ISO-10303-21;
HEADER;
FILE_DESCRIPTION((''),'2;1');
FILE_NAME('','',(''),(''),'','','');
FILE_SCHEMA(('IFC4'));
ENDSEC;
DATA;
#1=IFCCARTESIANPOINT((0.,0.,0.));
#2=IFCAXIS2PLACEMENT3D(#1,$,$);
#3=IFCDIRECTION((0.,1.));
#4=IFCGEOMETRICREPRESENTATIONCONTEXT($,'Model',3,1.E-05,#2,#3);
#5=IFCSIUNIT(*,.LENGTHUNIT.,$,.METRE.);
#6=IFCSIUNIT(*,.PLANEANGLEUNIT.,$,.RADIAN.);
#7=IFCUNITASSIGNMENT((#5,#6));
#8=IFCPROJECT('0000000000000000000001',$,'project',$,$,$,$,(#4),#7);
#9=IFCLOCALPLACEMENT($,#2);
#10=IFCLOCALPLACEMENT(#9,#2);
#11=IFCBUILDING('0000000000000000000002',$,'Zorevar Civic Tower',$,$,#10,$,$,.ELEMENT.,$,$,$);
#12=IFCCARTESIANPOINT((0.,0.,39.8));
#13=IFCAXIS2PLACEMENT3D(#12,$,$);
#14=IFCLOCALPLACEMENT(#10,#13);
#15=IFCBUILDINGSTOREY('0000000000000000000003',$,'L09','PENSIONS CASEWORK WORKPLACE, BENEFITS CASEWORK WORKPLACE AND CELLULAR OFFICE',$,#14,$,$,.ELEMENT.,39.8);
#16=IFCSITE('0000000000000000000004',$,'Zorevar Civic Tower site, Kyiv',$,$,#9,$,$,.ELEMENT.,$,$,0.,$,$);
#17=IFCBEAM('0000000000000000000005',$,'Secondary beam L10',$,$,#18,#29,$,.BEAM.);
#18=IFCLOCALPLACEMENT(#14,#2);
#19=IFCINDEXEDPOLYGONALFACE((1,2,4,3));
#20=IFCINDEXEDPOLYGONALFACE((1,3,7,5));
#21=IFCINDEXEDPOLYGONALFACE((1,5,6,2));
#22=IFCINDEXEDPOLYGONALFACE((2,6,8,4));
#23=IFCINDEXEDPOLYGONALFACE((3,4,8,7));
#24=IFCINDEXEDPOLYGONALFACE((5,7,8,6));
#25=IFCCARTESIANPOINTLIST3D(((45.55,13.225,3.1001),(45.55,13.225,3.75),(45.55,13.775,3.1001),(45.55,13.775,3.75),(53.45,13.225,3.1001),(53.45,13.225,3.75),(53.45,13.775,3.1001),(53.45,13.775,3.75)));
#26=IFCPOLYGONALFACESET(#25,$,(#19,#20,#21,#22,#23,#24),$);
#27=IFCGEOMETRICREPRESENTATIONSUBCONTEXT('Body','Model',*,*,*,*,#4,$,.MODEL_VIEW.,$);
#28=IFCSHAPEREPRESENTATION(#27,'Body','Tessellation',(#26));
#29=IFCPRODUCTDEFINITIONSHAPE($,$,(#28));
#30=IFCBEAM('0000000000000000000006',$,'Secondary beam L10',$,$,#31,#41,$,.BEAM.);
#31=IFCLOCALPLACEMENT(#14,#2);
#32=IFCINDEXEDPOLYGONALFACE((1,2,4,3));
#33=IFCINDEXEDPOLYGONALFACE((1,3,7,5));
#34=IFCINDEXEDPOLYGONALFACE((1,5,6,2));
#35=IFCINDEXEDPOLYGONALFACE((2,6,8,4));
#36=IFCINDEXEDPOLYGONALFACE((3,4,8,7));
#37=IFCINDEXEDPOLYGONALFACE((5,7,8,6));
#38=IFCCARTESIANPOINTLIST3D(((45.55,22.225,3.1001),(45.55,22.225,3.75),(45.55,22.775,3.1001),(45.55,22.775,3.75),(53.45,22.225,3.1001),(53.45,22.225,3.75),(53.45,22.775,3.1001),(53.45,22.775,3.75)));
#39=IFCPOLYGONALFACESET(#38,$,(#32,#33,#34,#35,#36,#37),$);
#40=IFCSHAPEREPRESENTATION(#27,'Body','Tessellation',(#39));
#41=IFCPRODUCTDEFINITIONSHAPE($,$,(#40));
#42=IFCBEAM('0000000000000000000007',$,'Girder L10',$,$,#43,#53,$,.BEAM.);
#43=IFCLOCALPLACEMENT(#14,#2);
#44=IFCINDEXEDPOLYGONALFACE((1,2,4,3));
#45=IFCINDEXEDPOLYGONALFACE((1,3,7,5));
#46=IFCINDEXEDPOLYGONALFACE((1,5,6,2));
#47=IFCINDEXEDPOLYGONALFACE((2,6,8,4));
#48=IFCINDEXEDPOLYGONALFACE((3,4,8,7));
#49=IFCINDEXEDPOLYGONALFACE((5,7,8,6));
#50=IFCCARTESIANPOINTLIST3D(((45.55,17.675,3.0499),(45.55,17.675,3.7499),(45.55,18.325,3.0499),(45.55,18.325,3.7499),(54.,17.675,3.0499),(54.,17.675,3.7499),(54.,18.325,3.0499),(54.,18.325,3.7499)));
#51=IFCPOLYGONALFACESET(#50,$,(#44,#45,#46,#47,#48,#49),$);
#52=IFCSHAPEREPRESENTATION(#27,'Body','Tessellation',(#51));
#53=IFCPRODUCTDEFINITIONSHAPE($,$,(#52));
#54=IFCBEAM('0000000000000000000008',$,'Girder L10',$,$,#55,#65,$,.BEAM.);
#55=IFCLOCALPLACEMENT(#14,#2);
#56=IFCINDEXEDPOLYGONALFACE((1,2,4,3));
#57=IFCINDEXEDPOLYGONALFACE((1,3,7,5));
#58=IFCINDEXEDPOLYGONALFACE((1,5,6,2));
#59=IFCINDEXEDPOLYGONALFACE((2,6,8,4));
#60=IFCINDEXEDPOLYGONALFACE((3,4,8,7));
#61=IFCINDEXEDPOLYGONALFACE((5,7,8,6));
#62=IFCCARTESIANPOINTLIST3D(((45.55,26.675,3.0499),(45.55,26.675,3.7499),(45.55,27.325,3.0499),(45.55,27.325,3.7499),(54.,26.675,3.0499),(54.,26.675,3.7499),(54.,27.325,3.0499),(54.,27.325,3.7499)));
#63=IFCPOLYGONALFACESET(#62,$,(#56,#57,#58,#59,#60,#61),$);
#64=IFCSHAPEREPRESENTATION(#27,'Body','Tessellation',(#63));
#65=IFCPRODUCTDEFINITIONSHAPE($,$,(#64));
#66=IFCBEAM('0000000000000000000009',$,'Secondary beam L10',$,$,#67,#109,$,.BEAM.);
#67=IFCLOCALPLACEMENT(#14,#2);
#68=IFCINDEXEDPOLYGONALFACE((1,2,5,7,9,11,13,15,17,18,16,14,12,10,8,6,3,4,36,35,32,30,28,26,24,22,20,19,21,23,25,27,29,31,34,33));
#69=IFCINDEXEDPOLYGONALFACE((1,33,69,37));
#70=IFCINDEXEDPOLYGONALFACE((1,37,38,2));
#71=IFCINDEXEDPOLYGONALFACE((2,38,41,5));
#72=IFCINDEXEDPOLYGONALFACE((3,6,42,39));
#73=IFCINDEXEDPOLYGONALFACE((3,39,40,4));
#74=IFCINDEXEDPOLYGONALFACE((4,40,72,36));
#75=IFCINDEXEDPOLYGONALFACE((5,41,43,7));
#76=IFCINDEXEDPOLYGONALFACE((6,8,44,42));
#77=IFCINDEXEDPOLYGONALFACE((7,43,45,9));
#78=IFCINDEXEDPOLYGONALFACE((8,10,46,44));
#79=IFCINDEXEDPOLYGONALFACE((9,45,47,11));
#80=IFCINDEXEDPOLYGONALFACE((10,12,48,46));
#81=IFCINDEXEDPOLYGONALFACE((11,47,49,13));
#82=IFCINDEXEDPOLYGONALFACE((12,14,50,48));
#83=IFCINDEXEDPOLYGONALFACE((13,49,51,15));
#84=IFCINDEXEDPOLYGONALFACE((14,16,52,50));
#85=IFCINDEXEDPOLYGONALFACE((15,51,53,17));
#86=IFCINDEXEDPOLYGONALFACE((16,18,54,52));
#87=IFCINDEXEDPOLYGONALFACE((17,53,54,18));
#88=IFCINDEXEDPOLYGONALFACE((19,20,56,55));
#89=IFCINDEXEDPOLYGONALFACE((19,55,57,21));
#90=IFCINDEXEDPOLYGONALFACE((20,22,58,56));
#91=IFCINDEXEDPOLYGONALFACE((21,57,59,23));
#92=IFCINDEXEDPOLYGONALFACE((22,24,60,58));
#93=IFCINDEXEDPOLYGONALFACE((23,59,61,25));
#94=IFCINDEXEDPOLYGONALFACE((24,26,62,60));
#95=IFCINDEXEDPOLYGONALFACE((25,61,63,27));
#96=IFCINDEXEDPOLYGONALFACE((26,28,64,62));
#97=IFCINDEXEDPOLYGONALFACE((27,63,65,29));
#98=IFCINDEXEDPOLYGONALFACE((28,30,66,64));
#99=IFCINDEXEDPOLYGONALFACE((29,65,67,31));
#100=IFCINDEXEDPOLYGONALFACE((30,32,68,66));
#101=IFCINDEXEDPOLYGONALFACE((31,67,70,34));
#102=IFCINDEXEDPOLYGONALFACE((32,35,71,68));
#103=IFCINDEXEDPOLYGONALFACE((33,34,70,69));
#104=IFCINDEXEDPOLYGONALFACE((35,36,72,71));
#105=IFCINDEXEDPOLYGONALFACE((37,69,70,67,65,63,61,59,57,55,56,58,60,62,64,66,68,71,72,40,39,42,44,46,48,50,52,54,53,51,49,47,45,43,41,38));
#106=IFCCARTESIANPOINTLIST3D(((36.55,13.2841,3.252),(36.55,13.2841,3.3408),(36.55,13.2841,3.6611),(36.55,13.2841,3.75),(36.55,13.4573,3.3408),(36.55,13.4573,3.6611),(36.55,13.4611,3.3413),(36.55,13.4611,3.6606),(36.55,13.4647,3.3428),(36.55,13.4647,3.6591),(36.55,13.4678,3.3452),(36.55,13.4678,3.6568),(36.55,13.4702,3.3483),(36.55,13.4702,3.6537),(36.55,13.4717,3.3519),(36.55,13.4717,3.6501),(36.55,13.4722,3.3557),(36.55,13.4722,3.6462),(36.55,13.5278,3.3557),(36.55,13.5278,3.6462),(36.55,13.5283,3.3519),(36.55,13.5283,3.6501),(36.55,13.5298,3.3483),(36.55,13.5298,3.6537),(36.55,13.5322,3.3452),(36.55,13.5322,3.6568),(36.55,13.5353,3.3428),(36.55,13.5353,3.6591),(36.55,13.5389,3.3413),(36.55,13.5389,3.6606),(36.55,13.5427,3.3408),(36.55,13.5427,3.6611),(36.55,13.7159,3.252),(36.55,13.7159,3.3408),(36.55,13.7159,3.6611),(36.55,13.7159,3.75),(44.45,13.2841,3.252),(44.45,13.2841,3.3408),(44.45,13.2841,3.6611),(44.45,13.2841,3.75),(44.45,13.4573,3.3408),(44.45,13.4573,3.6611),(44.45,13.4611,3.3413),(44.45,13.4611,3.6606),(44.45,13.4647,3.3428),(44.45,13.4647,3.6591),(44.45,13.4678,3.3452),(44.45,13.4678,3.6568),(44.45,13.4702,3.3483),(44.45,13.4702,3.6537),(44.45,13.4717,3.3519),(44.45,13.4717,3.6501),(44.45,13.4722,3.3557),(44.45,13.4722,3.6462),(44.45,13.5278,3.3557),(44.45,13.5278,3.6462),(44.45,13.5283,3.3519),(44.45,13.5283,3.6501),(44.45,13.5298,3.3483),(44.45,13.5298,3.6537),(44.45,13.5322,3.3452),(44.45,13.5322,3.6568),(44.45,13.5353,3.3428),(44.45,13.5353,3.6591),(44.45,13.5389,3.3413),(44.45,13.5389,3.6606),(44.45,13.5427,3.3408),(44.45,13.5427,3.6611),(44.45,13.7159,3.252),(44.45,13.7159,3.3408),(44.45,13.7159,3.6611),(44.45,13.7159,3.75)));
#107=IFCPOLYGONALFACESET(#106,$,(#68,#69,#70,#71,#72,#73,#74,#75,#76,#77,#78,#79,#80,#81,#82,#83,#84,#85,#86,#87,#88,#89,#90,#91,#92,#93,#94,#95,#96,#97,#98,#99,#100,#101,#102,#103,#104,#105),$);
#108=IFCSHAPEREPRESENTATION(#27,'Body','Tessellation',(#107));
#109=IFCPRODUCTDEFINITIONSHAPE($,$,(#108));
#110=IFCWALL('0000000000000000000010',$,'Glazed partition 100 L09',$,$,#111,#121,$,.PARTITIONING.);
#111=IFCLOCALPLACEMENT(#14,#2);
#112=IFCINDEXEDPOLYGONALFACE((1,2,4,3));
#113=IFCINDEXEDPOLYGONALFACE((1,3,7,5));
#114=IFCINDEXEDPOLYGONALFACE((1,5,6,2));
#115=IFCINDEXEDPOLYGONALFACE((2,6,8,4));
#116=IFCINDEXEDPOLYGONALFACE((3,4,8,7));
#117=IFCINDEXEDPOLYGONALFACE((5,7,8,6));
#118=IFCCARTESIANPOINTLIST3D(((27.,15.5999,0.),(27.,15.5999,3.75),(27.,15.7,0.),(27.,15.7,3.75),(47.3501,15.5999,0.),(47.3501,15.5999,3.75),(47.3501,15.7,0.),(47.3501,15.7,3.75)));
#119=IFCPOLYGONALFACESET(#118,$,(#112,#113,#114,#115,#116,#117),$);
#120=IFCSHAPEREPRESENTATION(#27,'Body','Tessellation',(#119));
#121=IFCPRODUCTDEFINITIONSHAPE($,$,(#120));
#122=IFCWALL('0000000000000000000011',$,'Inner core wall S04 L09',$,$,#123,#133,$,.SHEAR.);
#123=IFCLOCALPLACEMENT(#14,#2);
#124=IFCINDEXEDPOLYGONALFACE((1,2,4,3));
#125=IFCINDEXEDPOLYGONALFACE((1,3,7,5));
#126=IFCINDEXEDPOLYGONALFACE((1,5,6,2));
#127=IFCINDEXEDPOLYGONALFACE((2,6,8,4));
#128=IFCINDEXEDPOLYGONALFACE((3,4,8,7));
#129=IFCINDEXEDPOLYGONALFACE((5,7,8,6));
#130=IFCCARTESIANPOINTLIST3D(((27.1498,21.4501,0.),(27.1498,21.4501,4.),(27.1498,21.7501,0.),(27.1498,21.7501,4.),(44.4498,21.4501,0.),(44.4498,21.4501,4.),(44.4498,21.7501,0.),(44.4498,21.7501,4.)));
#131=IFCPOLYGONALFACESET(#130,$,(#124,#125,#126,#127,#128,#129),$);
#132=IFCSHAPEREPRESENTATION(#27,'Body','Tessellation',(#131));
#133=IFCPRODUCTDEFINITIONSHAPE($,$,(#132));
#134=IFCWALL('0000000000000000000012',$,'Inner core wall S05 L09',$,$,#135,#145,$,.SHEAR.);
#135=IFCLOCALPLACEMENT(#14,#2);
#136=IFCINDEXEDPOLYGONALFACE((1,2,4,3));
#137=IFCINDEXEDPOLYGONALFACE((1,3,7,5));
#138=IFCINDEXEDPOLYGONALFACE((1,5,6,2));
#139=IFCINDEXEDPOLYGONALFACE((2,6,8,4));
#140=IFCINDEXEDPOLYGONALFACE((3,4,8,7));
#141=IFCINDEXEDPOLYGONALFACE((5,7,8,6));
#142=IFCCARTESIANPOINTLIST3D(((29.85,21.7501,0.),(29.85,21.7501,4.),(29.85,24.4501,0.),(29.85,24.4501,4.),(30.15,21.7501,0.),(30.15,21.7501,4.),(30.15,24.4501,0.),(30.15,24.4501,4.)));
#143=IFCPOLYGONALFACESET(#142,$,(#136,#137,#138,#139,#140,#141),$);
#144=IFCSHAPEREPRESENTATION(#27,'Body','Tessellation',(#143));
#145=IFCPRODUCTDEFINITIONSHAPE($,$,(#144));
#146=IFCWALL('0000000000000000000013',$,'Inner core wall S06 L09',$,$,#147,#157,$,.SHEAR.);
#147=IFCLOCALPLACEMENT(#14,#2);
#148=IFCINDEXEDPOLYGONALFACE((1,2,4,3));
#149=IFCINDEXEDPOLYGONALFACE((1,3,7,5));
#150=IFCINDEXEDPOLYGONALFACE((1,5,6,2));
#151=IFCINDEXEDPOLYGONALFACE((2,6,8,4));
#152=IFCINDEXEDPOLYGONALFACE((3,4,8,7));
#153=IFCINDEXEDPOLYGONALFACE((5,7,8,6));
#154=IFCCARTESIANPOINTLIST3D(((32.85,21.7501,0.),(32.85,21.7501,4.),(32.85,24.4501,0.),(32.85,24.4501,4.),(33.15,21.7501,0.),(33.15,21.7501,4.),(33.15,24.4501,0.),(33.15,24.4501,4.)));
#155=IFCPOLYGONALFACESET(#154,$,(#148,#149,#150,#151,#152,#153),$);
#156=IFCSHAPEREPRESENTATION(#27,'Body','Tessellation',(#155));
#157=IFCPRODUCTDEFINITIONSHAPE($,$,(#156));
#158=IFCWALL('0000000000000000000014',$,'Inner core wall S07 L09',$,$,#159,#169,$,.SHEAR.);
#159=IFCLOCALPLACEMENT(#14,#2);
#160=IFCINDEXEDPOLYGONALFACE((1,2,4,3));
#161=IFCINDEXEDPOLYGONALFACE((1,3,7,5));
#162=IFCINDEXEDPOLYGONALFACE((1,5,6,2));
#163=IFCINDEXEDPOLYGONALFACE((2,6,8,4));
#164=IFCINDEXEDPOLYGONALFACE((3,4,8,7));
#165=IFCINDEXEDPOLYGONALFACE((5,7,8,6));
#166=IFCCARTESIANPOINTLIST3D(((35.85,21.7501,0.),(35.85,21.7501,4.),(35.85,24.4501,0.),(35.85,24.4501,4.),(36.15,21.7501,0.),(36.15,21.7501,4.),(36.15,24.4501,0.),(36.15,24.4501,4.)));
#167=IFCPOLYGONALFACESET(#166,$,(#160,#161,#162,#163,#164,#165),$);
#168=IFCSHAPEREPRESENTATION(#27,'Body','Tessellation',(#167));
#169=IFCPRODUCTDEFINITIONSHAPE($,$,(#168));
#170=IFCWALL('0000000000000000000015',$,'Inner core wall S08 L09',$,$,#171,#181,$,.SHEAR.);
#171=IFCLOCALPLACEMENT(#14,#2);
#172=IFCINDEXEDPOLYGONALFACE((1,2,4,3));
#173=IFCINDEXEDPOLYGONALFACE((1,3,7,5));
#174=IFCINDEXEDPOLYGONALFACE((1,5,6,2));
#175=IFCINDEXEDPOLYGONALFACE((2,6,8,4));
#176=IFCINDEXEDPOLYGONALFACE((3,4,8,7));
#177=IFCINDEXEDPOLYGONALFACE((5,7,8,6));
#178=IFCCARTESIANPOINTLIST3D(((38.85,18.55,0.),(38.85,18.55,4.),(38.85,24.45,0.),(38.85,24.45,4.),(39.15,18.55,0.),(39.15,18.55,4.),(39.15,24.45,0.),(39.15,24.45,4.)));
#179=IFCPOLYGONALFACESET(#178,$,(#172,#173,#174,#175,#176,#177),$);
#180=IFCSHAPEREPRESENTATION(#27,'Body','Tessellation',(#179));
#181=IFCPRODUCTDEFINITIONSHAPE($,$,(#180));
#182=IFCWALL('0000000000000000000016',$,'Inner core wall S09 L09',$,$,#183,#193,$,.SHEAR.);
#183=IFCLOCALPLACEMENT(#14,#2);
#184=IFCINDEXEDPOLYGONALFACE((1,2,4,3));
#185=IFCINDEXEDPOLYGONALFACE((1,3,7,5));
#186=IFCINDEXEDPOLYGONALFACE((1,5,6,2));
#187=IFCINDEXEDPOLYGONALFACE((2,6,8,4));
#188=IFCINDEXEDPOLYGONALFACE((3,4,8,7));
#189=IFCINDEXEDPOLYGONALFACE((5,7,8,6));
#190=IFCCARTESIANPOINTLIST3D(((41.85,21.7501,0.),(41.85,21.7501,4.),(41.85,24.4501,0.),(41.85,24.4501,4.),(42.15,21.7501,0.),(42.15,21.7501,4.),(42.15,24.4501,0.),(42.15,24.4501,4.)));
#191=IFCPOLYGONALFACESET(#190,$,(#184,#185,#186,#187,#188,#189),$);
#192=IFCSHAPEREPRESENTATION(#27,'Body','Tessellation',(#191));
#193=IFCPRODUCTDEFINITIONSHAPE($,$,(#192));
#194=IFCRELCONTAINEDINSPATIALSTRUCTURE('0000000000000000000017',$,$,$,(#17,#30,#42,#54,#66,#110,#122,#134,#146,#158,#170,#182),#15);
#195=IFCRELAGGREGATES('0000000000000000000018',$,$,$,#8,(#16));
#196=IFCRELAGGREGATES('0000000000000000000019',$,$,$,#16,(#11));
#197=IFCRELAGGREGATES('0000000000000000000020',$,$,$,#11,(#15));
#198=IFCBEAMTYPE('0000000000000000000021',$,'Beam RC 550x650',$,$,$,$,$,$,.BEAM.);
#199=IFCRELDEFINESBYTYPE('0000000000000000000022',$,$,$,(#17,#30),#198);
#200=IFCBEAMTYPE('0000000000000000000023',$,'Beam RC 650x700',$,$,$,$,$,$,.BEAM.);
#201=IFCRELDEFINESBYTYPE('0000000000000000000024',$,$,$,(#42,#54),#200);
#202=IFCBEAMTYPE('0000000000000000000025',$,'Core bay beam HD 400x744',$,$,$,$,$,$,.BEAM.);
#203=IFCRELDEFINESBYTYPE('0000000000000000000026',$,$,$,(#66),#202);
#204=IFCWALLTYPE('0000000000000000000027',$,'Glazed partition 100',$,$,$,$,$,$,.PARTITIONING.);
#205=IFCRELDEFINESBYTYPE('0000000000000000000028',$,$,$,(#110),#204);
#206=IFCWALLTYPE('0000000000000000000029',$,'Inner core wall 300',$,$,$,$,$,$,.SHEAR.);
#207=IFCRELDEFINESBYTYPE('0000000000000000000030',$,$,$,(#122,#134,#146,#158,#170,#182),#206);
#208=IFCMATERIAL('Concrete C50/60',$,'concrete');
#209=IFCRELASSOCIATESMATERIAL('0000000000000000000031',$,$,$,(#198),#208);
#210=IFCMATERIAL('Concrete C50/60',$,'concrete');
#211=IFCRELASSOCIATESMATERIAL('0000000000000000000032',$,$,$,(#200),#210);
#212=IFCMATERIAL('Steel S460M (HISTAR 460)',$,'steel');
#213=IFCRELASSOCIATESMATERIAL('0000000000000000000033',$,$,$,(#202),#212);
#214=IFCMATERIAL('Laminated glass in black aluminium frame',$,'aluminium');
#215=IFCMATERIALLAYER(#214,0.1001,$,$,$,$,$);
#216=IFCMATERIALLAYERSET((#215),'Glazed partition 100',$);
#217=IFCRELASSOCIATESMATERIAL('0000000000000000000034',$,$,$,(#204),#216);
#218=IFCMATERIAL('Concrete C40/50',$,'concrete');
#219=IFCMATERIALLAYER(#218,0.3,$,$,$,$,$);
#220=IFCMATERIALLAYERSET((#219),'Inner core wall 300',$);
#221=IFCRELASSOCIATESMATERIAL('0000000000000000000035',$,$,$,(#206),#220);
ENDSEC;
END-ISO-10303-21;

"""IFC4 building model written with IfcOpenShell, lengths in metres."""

from ifc_helpers import new_model, si_unit, direction, frame, frame_2d, origin, origin_2d, place, context, subcontext, project, spatial, rectangle, i_section, extrude, material, layer, layer_set, material_profile, profile_set, type_object, element, save


model = new_model("IFC4")

# Units and contexts
model_context = context("Model", 3, precision=1e-05, world=origin(), true_north=direction((0.0, 1.0)))
body_context = subcontext(model_context, "Body", "Model", "MODEL_VIEW")
ifc_project = project(units=[si_unit("LENGTHUNIT", "METRE"), si_unit("PLANEANGLEUNIT", "RADIAN")], contexts=[model_context])

# Site, building, storey
site_placement = place(None, origin())
site = spatial("IfcSite", under=ifc_project, at=site_placement, Name="Zorevar Civic Tower site, Kyiv", CompositionType="ELEMENT", RefElevation=0.0)
building_placement = place(site_placement, origin())
building = spatial("IfcBuilding", under=site, at=building_placement, Name="Zorevar Civic Tower", CompositionType="ELEMENT")
storey_placement = place(building_placement, frame((0.0, 0.0, 39.8)))
storey = spatial("IfcBuildingStorey", under=building, at=storey_placement, Name="L09", Description="PENSIONS CASEWORK WORKPLACE, BENEFITS CASEWORK WORKPLACE AND CELLULAR OFFICE", CompositionType="ELEMENT", Elevation=39.8)

# Beams
ifc_material_1 = material(Name="Concrete C50/60", Category="concrete")
ifc_material_profile_1 = material_profile(ifc_material_1, rectangle(XDim=0.55, YDim=0.6499, at=origin_2d()), Name="RC 550x650")
ifc_profile_set_1 = profile_set([ifc_material_profile_1], Name="Concrete C50/60")
beam_type_1 = type_object("IfcBeamType", Name="Beam RC 550x650", PredefinedType="BEAM", material=ifc_profile_set_1)
for number, where, z_axis, x_axis, name in (
    (1, (45.55, 13.5, 3.425), (1.0, 0.0, 0.0), (0.0, 1.0, 0.0), "Secondary beam L10"),
    (2, (45.55, 22.5, 3.425), (1.0, 0.0, 0.0), (0.0, 1.0, 0.0), "Secondary beam L10"),
):
    element("IfcBeam", number, at=place(storey_placement, frame(where, z_axis=z_axis, x_axis=x_axis)), inside=storey, type_object=beam_type_1, Name=name, PredefinedType="BEAM", context=body_context, shape_type="SweptSolid", body=[
        extrude(rectangle(XDim=0.55, YDim=0.6499, at=origin_2d()), origin(), (0.0, 0.0, 1.0), 7.8999),
    ])
ifc_material_2 = material(Name="Concrete C50/60", Category="concrete")
ifc_material_profile_2 = material_profile(ifc_material_2, rectangle(XDim=0.6499, YDim=0.7, at=origin_2d()), Name="RC 650x700")
ifc_profile_set_2 = profile_set([ifc_material_profile_2], Name="Concrete C50/60")
beam_type_2 = type_object("IfcBeamType", Name="Beam RC 650x700", PredefinedType="BEAM", material=ifc_profile_set_2)
for number, where, z_axis, x_axis, name in (
    (3, (45.55, 18.0, 3.3999), (1.0, 0.0, 0.0), (0.0, 1.0, 0.0), "Girder L10"),
    (4, (45.55, 27.0, 3.3999), (1.0, 0.0, 0.0), (0.0, 1.0, 0.0), "Girder L10"),
):
    element("IfcBeam", number, at=place(storey_placement, frame(where, z_axis=z_axis, x_axis=x_axis)), inside=storey, type_object=beam_type_2, Name=name, PredefinedType="BEAM", context=body_context, shape_type="SweptSolid", body=[
        extrude(rectangle(XDim=0.6499, YDim=0.7, at=origin_2d()), origin(), (0.0, 0.0, 1.0), 8.45),
    ])
ifc_material_3 = material(Name="Steel S460M (HISTAR 460)", Category="steel")
ifc_material_profile_3 = material_profile(ifc_material_3, i_section(OverallWidth=0.4319, OverallDepth=0.498, WebThickness=0.0557, FlangeThickness=0.0889, FilletRadius=0.0149, at=origin_2d()), Name="HD 400x744")
ifc_profile_set_3 = profile_set([ifc_material_profile_3], Name="Steel S460M (HISTAR 460)")
beam_type_3 = type_object("IfcBeamType", Name="Core bay beam HD 400x744", PredefinedType="BEAM", material=ifc_profile_set_3)
beam_placement = place(storey_placement, frame((36.55, 13.5, 3.501), z_axis=(1.0, 0.0, 0.0), x_axis=(0.0, 1.0, 0.0)))
element("IfcBeam", 5, at=beam_placement, inside=storey, type_object=beam_type_3, Name="Secondary beam L10", PredefinedType="BEAM", context=body_context, shape_type="SweptSolid", body=[
    extrude(i_section(OverallWidth=0.4319, OverallDepth=0.498, WebThickness=0.0557, FlangeThickness=0.0889, FilletRadius=0.0149, at=origin_2d()), origin(), (0.0, 0.0, 1.0), 7.8999),
])

# Walls
ifc_material_4 = material(Name="Laminated glass in black aluminium frame", Category="aluminium")
ifc_layer_1 = layer(ifc_material_4, 0.1001)
ifc_layer_set_1 = layer_set([ifc_layer_1], Name="Glazed partition 100")
wall_type_1 = type_object("IfcWallType", Name="Glazed partition 100", PredefinedType="PARTITIONING", material=ifc_layer_set_1)
wall_1_placement = place(storey_placement, frame((27.0, 15.6499, 0.0), z_axis=(0.0, 0.0, 1.0), x_axis=(1.0, 0.0, 0.0)))
element("IfcWall", 6, at=wall_1_placement, inside=storey, type_object=wall_type_1, Name="Glazed partition 100 L09", PredefinedType="PARTITIONING", context=body_context, shape_type="SweptSolid", body=[
    extrude(rectangle(XDim=20.3501, YDim=0.1001, at=frame_2d((10.175, 0.0))), origin(), (0.0, 0.0, 1.0), 3.75),
])
ifc_material_5 = material(Name="Concrete C40/50", Category="concrete")
ifc_layer_2 = layer(ifc_material_5, 0.3)
ifc_layer_set_2 = layer_set([ifc_layer_2], Name="Inner core wall 300")
wall_type_2 = type_object("IfcWallType", Name="Inner core wall 300", PredefinedType="SHEAR", material=ifc_layer_set_2)
wall_2_placement = place(storey_placement, frame((27.1499, 21.6001, 0.0), z_axis=(0.0, 0.0, 1.0), x_axis=(1.0, 0.0, 0.0)))
element("IfcWall", 7, at=wall_2_placement, inside=storey, type_object=wall_type_2, Name="Inner core wall S04 L09", PredefinedType="SHEAR", context=body_context, shape_type="SweptSolid", body=[
    extrude(rectangle(XDim=17.3, YDim=0.3, at=frame_2d((8.6499, 0.0))), origin(), (0.0, 0.0, 1.0), 4.0),
])
for number, where, z_axis, x_axis, name in (
    (8, (30.0, 21.75, 0.0), (0.0, 0.0, 1.0), (0.0, 1.0, 0.0), "Inner core wall S05 L09"),
    (9, (33.0, 21.75, 0.0), (0.0, 0.0, 1.0), (0.0, 1.0, 0.0), "Inner core wall S06 L09"),
    (10, (36.0, 21.75, 0.0), (0.0, 0.0, 1.0), (0.0, 1.0, 0.0), "Inner core wall S07 L09"),
):
    element("IfcWall", number, at=place(storey_placement, frame(where, z_axis=z_axis, x_axis=x_axis)), inside=storey, type_object=wall_type_2, Name=name, PredefinedType="SHEAR", context=body_context, shape_type="SweptSolid", body=[
        extrude(rectangle(XDim=2.7, YDim=0.3, at=frame_2d((1.3501, 0.0))), origin(), (0.0, 0.0, 1.0), 4.0),
    ])
wall_3_placement = place(storey_placement, frame((39.0, 18.55, 0.0), z_axis=(0.0, 0.0, 1.0), x_axis=(0.0, 1.0, 0.0)))
element("IfcWall", 11, at=wall_3_placement, inside=storey, type_object=wall_type_2, Name="Inner core wall S08 L09", PredefinedType="SHEAR", context=body_context, shape_type="SweptSolid", body=[
    extrude(rectangle(XDim=5.8999, YDim=0.3, at=frame_2d((2.95, 0.0))), origin(), (0.0, 0.0, 1.0), 4.0),
])
wall_4_placement = place(storey_placement, frame((42.0, 21.75, 0.0), z_axis=(0.0, 0.0, 1.0), x_axis=(0.0, 1.0, 0.0)))
element("IfcWall", 12, at=wall_4_placement, inside=storey, type_object=wall_type_2, Name="Inner core wall S09 L09", PredefinedType="SHEAR", context=body_context, shape_type="SweptSolid", body=[
    extrude(rectangle(XDim=2.7, YDim=0.3, at=frame_2d((1.3501, 0.0))), origin(), (0.0, 0.0, 1.0), 4.0),
])

save(model, "model.ifc")
